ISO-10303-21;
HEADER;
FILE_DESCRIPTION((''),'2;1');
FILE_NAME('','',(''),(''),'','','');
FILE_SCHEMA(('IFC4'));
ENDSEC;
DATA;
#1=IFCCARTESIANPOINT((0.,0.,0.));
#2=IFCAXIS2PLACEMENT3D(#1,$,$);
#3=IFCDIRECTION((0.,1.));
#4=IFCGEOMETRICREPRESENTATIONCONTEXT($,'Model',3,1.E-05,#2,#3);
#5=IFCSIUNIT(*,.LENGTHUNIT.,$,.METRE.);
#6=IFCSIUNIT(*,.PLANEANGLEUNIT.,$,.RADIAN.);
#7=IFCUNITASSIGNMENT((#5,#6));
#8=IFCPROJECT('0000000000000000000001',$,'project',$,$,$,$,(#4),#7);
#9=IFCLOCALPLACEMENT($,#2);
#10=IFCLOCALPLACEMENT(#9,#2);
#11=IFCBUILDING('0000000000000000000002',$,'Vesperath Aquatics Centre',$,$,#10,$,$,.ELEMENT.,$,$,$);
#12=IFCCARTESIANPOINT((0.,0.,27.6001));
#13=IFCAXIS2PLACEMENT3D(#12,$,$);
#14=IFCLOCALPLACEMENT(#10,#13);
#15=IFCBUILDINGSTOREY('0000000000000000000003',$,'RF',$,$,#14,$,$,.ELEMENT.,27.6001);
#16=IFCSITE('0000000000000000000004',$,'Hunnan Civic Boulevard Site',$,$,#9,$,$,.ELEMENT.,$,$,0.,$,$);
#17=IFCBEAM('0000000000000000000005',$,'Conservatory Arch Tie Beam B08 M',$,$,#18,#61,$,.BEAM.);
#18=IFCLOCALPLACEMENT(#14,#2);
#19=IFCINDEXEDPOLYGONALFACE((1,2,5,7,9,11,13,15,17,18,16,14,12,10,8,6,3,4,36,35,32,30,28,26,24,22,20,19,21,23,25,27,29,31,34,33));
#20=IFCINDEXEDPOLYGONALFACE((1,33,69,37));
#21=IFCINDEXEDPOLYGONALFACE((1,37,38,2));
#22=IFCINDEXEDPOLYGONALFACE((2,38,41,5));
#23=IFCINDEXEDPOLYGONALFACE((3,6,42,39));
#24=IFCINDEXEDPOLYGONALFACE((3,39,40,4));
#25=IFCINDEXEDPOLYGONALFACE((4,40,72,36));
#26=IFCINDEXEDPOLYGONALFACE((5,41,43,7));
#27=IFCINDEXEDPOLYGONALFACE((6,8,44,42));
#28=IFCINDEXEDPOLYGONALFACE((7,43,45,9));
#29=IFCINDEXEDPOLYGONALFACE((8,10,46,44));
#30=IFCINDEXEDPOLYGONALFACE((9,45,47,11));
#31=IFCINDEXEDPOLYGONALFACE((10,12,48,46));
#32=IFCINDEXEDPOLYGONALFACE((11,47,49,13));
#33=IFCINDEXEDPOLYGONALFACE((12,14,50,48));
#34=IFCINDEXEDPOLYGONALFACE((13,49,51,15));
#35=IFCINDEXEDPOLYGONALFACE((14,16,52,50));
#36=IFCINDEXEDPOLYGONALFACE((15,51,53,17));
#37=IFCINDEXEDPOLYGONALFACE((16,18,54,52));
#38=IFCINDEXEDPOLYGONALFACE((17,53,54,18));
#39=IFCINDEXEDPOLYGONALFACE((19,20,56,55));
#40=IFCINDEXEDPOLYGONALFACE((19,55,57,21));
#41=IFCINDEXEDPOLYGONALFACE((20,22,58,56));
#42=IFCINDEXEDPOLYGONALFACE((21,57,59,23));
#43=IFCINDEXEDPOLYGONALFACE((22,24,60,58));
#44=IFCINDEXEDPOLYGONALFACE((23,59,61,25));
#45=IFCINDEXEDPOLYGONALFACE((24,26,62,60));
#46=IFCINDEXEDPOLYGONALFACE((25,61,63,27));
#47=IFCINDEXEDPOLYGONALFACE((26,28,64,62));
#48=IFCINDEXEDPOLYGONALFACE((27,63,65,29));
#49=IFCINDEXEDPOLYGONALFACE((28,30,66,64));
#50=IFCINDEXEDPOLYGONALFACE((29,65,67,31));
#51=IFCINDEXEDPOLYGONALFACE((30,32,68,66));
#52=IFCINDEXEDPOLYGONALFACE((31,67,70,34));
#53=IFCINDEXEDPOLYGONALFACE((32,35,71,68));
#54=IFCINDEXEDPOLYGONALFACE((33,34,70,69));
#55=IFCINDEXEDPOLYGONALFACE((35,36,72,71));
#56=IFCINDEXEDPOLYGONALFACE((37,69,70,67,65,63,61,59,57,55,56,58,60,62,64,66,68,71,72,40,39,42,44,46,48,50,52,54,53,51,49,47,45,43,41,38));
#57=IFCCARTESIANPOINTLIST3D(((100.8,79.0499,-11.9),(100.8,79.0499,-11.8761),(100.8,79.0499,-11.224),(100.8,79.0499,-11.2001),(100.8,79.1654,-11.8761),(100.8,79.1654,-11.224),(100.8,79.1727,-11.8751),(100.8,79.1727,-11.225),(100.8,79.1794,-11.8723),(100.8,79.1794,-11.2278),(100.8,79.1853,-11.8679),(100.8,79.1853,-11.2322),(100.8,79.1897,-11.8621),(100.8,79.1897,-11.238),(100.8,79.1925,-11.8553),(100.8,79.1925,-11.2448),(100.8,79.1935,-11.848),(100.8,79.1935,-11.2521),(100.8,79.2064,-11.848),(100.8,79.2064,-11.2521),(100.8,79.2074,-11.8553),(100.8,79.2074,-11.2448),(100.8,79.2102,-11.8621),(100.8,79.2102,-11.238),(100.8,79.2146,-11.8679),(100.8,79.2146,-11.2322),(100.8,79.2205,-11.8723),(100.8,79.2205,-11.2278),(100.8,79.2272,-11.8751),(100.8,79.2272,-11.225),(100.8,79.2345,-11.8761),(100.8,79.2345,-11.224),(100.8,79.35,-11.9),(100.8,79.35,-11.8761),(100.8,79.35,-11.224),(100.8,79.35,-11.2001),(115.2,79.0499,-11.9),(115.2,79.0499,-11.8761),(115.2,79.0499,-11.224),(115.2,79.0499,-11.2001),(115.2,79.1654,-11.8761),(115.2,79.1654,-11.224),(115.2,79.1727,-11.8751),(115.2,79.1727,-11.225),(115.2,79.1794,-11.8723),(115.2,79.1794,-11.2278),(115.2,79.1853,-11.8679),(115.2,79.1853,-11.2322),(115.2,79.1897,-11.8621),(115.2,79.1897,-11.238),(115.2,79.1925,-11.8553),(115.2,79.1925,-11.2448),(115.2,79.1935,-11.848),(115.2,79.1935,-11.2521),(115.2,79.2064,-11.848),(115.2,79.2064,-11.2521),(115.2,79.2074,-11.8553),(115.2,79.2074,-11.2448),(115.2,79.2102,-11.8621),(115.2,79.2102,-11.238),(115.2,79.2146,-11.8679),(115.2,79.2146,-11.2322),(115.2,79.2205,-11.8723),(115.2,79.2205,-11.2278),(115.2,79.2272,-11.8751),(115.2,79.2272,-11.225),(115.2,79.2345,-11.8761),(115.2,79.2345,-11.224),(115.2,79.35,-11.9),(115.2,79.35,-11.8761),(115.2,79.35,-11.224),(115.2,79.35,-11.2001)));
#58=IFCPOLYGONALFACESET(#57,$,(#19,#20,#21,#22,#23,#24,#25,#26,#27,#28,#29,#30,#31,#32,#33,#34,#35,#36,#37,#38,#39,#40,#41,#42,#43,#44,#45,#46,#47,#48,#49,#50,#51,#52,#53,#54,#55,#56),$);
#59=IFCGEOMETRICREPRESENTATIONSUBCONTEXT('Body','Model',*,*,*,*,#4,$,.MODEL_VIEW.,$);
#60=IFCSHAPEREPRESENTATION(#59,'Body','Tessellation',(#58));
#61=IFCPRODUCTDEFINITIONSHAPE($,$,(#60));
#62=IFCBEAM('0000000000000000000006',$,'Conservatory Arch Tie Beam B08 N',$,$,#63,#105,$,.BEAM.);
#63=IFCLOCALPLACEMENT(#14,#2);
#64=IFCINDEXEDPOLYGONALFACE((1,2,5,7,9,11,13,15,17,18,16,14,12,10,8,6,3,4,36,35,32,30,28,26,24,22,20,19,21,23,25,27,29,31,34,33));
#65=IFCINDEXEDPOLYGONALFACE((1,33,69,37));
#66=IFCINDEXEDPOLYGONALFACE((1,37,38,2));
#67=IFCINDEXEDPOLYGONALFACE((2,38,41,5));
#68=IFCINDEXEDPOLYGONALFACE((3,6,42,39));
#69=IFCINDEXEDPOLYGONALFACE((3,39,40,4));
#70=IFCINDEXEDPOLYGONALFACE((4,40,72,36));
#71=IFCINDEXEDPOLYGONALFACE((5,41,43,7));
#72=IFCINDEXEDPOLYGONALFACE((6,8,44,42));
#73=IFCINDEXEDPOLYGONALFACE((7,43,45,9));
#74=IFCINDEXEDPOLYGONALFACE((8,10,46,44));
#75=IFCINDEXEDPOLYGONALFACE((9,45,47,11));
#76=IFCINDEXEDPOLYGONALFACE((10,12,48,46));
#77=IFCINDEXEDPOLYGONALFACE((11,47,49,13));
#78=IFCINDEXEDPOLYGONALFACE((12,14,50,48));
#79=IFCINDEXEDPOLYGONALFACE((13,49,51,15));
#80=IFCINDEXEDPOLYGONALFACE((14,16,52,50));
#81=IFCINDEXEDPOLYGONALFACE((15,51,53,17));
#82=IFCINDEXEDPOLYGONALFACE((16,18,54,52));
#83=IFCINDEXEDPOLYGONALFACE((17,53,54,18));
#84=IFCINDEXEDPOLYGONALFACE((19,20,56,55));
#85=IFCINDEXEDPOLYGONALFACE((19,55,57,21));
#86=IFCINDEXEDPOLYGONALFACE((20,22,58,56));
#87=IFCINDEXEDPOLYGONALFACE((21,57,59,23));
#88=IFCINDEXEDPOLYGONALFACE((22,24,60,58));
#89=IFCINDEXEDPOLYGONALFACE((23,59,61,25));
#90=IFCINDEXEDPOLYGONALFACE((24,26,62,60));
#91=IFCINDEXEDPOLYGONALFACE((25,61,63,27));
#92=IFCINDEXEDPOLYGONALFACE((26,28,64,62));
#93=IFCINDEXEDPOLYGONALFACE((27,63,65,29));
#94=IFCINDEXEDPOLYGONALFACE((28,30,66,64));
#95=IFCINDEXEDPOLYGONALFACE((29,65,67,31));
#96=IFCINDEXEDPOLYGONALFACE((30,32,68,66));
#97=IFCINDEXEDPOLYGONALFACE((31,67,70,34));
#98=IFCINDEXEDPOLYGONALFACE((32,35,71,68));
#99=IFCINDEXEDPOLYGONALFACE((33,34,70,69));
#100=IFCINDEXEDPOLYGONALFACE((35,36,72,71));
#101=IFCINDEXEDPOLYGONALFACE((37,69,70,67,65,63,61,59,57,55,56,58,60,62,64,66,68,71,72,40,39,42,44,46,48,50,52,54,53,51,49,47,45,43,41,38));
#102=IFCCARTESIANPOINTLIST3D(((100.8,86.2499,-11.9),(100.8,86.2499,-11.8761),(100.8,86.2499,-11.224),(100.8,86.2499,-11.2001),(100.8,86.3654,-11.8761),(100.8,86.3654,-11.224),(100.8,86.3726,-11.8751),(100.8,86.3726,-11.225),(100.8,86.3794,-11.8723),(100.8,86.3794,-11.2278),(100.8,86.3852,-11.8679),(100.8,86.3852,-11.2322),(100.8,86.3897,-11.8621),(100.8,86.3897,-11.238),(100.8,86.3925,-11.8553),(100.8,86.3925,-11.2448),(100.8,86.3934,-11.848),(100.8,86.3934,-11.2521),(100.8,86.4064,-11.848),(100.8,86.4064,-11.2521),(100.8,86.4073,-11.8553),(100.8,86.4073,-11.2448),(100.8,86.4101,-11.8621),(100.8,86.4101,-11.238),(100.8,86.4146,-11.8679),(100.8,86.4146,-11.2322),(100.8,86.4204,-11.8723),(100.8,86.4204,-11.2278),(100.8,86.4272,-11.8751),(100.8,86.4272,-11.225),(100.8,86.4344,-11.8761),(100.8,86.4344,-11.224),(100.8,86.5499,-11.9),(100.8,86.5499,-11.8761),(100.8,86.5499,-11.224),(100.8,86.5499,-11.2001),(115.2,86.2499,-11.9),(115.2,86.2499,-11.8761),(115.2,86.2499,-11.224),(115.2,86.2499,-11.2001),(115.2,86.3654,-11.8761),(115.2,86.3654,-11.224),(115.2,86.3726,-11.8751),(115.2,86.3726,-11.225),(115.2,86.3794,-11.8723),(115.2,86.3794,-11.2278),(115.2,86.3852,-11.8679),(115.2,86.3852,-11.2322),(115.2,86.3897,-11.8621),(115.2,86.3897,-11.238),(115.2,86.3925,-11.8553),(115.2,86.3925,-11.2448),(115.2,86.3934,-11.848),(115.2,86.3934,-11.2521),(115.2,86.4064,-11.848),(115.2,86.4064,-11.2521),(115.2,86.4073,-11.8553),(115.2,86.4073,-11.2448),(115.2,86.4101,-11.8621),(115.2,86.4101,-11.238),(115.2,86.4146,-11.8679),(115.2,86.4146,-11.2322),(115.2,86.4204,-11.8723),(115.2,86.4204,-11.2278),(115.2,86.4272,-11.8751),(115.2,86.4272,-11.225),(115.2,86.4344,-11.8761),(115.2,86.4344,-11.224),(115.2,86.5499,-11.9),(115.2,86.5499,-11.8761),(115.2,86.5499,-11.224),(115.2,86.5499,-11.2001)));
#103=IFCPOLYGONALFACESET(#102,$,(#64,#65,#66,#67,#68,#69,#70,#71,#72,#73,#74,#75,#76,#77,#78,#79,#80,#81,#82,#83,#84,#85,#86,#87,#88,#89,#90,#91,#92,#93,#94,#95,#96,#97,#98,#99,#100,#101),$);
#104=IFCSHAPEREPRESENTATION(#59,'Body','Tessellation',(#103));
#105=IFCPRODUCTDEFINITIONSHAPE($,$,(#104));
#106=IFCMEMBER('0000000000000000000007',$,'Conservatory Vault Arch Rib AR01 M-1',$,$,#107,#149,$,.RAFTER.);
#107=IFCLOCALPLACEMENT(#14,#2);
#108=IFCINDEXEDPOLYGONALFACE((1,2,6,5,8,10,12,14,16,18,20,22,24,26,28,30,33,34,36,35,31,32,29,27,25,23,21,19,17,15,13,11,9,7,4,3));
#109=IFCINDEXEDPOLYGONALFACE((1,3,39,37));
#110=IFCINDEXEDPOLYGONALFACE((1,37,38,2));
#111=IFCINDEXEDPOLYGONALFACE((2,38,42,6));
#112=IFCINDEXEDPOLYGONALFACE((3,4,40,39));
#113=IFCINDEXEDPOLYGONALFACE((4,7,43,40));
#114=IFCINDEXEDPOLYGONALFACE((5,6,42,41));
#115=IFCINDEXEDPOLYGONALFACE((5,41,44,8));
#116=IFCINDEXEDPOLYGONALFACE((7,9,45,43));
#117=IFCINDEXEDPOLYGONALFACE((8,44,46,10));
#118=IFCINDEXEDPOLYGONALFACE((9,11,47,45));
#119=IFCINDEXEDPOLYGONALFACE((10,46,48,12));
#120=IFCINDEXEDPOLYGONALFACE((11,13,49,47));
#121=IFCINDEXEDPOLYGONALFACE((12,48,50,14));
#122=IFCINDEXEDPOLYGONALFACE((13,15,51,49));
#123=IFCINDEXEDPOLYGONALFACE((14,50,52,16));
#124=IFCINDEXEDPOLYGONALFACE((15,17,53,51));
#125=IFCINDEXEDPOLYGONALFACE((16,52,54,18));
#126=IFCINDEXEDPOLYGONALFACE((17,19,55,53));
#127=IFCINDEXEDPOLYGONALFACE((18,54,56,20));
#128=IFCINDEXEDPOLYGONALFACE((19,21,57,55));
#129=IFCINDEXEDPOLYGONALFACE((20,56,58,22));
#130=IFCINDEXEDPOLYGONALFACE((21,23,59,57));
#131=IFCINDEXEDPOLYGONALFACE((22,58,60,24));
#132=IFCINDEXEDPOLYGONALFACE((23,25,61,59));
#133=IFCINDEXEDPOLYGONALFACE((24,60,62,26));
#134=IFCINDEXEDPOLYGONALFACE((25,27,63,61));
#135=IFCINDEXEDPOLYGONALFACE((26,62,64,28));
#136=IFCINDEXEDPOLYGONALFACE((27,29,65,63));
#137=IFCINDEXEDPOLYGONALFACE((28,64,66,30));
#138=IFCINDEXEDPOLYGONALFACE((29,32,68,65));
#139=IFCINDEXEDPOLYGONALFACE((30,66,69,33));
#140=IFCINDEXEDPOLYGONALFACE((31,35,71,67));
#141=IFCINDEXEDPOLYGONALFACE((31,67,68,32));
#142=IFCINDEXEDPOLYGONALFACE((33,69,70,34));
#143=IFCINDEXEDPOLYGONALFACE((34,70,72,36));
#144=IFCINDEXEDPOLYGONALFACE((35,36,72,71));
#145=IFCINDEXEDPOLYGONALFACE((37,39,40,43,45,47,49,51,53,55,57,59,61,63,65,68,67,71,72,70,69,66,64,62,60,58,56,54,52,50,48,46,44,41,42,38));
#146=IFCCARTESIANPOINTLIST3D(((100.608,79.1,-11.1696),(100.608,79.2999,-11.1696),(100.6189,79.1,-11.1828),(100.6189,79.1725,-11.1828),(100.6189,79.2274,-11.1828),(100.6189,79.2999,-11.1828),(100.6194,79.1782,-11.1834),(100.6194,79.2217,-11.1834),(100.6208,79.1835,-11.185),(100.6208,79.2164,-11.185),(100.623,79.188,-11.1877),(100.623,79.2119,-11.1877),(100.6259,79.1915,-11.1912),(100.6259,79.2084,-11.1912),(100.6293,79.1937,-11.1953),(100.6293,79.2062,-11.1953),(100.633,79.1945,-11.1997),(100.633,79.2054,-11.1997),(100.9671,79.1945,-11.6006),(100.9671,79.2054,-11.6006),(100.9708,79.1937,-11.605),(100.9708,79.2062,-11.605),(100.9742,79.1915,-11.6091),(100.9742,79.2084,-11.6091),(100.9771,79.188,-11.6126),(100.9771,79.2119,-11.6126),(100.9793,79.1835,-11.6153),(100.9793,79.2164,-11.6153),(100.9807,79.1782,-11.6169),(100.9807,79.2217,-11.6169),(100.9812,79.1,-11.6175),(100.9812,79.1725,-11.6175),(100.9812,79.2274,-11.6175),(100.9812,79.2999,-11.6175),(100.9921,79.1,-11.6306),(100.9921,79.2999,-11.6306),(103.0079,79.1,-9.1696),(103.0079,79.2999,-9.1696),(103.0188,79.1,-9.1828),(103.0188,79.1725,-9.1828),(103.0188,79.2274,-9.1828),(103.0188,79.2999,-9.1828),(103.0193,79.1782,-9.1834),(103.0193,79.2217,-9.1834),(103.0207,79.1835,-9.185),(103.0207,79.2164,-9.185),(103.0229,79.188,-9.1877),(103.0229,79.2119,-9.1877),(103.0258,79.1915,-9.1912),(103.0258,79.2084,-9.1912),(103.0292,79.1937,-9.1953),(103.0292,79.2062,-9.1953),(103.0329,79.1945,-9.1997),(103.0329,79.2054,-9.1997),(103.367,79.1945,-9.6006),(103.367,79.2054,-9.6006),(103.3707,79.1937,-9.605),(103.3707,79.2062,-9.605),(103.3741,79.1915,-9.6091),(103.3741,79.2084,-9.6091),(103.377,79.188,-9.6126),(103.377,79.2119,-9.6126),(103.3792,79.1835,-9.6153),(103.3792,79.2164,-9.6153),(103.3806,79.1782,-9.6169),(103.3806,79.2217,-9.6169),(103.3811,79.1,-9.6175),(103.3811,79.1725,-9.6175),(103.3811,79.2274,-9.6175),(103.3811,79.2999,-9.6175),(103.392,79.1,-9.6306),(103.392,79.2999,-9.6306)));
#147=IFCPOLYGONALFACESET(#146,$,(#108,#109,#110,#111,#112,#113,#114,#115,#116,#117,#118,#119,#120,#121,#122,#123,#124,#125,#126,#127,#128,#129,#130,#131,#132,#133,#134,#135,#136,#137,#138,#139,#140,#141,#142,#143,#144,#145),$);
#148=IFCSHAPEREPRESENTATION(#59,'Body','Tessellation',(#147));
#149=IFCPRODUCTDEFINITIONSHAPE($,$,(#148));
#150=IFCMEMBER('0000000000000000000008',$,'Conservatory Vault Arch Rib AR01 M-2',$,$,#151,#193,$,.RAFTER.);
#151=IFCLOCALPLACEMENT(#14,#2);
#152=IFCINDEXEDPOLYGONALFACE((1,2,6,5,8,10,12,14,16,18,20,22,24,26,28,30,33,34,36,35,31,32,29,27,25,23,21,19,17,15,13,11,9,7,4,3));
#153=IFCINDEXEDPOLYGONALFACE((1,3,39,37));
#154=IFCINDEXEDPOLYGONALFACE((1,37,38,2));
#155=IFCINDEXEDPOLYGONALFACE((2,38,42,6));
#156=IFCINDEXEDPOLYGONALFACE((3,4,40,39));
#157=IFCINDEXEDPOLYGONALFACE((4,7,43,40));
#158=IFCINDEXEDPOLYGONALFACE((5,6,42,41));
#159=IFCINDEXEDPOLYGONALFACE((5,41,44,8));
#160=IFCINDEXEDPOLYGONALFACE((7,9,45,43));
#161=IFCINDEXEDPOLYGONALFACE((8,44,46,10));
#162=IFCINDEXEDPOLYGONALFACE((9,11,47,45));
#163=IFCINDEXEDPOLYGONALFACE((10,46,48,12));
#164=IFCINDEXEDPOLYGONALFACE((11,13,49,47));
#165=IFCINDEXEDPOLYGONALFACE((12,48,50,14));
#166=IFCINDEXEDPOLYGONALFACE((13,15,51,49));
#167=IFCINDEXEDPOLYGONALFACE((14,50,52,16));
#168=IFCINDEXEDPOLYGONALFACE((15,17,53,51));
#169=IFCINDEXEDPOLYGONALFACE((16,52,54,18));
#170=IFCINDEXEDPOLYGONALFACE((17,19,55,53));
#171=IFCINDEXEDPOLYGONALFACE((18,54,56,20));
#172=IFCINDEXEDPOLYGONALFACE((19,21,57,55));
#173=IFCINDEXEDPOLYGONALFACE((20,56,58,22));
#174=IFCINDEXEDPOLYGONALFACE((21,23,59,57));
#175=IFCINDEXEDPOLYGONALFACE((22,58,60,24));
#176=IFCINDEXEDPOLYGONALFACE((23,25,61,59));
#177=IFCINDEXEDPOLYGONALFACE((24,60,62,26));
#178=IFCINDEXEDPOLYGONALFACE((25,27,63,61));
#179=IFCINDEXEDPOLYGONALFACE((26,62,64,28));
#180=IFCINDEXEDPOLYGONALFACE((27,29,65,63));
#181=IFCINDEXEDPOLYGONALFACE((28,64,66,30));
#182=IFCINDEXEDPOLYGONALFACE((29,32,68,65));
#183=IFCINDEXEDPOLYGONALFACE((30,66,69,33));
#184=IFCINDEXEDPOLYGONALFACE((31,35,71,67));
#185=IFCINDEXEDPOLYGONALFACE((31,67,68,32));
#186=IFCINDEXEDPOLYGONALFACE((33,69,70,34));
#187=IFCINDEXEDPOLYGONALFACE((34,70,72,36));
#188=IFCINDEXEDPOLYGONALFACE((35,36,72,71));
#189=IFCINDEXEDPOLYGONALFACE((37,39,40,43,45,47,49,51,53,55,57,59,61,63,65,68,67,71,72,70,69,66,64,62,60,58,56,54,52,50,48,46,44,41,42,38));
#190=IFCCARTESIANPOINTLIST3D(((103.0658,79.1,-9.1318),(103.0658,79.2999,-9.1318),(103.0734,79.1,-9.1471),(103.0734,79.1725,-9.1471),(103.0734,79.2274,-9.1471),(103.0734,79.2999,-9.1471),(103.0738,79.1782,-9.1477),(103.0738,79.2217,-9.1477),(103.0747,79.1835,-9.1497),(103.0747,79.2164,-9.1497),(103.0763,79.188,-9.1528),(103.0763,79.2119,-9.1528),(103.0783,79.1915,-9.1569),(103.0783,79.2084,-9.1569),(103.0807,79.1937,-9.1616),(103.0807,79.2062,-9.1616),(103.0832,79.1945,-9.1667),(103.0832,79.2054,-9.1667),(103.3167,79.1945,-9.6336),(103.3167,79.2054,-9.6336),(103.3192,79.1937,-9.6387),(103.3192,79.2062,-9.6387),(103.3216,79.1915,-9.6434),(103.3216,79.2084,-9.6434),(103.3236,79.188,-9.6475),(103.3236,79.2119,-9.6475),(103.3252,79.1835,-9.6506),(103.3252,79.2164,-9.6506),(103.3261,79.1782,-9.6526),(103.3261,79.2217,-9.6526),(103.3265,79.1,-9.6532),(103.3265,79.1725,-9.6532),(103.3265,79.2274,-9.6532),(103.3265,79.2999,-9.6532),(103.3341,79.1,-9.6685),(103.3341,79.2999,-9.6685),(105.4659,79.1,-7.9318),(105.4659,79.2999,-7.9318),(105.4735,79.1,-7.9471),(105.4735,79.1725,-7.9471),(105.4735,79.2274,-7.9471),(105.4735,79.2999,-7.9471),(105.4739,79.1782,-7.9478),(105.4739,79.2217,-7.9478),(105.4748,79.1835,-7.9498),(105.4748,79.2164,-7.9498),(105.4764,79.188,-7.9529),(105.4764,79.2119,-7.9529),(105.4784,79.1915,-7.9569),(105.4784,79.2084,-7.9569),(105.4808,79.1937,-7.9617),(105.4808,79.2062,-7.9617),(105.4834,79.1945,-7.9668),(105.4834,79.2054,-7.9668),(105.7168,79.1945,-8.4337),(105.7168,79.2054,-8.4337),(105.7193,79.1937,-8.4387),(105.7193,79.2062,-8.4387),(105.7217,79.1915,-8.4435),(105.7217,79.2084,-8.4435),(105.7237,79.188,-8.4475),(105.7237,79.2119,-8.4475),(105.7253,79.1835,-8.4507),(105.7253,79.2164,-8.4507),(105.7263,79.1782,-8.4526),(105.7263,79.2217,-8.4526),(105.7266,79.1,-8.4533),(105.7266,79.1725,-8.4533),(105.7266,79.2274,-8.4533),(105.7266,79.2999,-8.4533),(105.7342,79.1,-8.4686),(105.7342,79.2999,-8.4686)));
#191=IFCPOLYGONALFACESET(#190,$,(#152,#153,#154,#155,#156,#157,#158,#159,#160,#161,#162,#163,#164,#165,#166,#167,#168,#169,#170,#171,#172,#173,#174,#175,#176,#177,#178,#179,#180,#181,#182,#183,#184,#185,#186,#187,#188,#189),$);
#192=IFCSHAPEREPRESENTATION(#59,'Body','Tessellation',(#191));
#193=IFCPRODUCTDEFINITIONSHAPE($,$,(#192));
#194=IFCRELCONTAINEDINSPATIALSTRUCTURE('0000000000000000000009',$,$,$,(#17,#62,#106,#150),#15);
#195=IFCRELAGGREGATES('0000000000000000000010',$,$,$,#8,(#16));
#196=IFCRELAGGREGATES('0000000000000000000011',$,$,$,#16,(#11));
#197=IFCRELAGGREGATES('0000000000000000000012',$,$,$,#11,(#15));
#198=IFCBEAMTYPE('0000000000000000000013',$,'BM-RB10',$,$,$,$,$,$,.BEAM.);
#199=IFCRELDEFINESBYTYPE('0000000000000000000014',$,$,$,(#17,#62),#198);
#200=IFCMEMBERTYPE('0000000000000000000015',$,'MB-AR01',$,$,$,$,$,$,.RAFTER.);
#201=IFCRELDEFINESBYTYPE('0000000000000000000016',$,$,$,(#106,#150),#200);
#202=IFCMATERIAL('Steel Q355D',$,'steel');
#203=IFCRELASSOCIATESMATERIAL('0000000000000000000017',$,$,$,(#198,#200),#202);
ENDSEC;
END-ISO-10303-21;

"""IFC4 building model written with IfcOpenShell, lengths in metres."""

from ifc_helpers import new_model, si_unit, direction, frame, origin, origin_2d, place, context, subcontext, project, spatial, i_section, extrude, material, material_profile, profile_set, type_object, element, save


model = new_model("IFC4")

# Units and contexts
model_context = context("Model", 3, precision=1e-05, world=origin(), true_north=direction((0.0, 1.0)))
body_context = subcontext(model_context, "Body", "Model", "MODEL_VIEW")
ifc_project = project(units=[si_unit("LENGTHUNIT", "METRE"), si_unit("PLANEANGLEUNIT", "RADIAN")], contexts=[model_context])

# Site, building, storey
site_placement = place(None, origin())
site = spatial("IfcSite", under=ifc_project, at=site_placement, Name="Hunnan Civic Boulevard Site", CompositionType="ELEMENT", RefElevation=0.0)
building_placement = place(site_placement, origin())
building = spatial("IfcBuilding", under=site, at=building_placement, Name="Vesperath Aquatics Centre", CompositionType="ELEMENT")
storey_placement = place(building_placement, frame((0.0, 0.0, 27.6001)))
storey = spatial("IfcBuildingStorey", under=building, at=storey_placement, Name="RF", CompositionType="ELEMENT", Elevation=27.6001)

# Beams
ifc_material_1 = material(Name="Steel Q355D", Category="steel")
ifc_material_profile_1 = material_profile(ifc_material_1, i_section(OverallWidth=0.3, OverallDepth=0.7, WebThickness=0.0129, FlangeThickness=0.0239, FilletRadius=0.0281, at=origin_2d()), Name="HN 700x300x13x24")
ifc_profile_set_1 = profile_set([ifc_material_profile_1], Name="Steel Q355D")
beam_type = type_object("IfcBeamType", Name="BM-RB10", PredefinedType="BEAM", material=ifc_profile_set_1)
for number, where, z_axis, x_axis, name in (
    (1, (100.8, 79.2, -11.55), (1.0, 0.0, 0.0), (0.0, 1.0, 0.0), "Conservatory Arch Tie Beam B08 M"),
    (2, (100.8, 86.3999, -11.55), (1.0, 0.0, 0.0), (0.0, 1.0, 0.0), "Conservatory Arch Tie Beam B08 N"),
):
    element("IfcBeam", number, at=place(storey_placement, frame(where, z_axis=z_axis, x_axis=x_axis)), inside=storey, type_object=beam_type, Name=name, PredefinedType="BEAM", context=body_context, shape_type="SweptSolid", body=[
        extrude(i_section(OverallWidth=0.3, OverallDepth=0.7, WebThickness=0.0129, FlangeThickness=0.0239, FilletRadius=0.0281, at=origin_2d()), origin(), (0.0, 0.0, 1.0), 14.3999),
    ])

# Members
ifc_material_profile_2 = material_profile(ifc_material_1, i_section(OverallWidth=0.2, OverallDepth=0.6001, WebThickness=0.011, FlangeThickness=0.0171, FilletRadius=0.022, at=origin_2d()), Name="HN 600x200x11x17")
ifc_profile_set_2 = profile_set([ifc_material_profile_2], Name="Steel Q355D")
member_type_1 = type_object("IfcMemberType", Name="MB-AR01", PredefinedType="RAFTER", material=ifc_profile_set_2)
member_1_placement = place(storey_placement, frame((100.8, 79.2, -11.4001), z_axis=(0.768208, 0.0, 0.6402), x_axis=(0.0, 1.0, 0.0)))
element("IfcMember", 3, at=member_1_placement, inside=storey, type_object=member_type_1, Name="Conservatory Vault Arch Rib AR01 M-1", PredefinedType="RAFTER", context=body_context, shape_type="SweptSolid", body=[
    extrude(i_section(OverallWidth=0.2, OverallDepth=0.6001, WebThickness=0.011, FlangeThickness=0.0171, FilletRadius=0.022, at=origin_2d()), origin(), (0.0, 0.0, 1.0), 3.124),
])
member_2_placement = place(storey_placement, frame((103.2, 79.2, -9.4001), z_axis=(0.894445, 0.0, 0.447177), x_axis=(0.0, 1.0, 0.0)))
element("IfcMember", 4, at=member_2_placement, inside=storey, type_object=member_type_1, Name="Conservatory Vault Arch Rib AR01 M-2", PredefinedType="RAFTER", context=body_context, shape_type="SweptSolid", body=[
    extrude(i_section(OverallWidth=0.2, OverallDepth=0.6001, WebThickness=0.011, FlangeThickness=0.0171, FilletRadius=0.022, at=origin_2d()), origin(), (0.0, 0.0, 1.0), 2.6833),
])

save(model, "model.ifc")
